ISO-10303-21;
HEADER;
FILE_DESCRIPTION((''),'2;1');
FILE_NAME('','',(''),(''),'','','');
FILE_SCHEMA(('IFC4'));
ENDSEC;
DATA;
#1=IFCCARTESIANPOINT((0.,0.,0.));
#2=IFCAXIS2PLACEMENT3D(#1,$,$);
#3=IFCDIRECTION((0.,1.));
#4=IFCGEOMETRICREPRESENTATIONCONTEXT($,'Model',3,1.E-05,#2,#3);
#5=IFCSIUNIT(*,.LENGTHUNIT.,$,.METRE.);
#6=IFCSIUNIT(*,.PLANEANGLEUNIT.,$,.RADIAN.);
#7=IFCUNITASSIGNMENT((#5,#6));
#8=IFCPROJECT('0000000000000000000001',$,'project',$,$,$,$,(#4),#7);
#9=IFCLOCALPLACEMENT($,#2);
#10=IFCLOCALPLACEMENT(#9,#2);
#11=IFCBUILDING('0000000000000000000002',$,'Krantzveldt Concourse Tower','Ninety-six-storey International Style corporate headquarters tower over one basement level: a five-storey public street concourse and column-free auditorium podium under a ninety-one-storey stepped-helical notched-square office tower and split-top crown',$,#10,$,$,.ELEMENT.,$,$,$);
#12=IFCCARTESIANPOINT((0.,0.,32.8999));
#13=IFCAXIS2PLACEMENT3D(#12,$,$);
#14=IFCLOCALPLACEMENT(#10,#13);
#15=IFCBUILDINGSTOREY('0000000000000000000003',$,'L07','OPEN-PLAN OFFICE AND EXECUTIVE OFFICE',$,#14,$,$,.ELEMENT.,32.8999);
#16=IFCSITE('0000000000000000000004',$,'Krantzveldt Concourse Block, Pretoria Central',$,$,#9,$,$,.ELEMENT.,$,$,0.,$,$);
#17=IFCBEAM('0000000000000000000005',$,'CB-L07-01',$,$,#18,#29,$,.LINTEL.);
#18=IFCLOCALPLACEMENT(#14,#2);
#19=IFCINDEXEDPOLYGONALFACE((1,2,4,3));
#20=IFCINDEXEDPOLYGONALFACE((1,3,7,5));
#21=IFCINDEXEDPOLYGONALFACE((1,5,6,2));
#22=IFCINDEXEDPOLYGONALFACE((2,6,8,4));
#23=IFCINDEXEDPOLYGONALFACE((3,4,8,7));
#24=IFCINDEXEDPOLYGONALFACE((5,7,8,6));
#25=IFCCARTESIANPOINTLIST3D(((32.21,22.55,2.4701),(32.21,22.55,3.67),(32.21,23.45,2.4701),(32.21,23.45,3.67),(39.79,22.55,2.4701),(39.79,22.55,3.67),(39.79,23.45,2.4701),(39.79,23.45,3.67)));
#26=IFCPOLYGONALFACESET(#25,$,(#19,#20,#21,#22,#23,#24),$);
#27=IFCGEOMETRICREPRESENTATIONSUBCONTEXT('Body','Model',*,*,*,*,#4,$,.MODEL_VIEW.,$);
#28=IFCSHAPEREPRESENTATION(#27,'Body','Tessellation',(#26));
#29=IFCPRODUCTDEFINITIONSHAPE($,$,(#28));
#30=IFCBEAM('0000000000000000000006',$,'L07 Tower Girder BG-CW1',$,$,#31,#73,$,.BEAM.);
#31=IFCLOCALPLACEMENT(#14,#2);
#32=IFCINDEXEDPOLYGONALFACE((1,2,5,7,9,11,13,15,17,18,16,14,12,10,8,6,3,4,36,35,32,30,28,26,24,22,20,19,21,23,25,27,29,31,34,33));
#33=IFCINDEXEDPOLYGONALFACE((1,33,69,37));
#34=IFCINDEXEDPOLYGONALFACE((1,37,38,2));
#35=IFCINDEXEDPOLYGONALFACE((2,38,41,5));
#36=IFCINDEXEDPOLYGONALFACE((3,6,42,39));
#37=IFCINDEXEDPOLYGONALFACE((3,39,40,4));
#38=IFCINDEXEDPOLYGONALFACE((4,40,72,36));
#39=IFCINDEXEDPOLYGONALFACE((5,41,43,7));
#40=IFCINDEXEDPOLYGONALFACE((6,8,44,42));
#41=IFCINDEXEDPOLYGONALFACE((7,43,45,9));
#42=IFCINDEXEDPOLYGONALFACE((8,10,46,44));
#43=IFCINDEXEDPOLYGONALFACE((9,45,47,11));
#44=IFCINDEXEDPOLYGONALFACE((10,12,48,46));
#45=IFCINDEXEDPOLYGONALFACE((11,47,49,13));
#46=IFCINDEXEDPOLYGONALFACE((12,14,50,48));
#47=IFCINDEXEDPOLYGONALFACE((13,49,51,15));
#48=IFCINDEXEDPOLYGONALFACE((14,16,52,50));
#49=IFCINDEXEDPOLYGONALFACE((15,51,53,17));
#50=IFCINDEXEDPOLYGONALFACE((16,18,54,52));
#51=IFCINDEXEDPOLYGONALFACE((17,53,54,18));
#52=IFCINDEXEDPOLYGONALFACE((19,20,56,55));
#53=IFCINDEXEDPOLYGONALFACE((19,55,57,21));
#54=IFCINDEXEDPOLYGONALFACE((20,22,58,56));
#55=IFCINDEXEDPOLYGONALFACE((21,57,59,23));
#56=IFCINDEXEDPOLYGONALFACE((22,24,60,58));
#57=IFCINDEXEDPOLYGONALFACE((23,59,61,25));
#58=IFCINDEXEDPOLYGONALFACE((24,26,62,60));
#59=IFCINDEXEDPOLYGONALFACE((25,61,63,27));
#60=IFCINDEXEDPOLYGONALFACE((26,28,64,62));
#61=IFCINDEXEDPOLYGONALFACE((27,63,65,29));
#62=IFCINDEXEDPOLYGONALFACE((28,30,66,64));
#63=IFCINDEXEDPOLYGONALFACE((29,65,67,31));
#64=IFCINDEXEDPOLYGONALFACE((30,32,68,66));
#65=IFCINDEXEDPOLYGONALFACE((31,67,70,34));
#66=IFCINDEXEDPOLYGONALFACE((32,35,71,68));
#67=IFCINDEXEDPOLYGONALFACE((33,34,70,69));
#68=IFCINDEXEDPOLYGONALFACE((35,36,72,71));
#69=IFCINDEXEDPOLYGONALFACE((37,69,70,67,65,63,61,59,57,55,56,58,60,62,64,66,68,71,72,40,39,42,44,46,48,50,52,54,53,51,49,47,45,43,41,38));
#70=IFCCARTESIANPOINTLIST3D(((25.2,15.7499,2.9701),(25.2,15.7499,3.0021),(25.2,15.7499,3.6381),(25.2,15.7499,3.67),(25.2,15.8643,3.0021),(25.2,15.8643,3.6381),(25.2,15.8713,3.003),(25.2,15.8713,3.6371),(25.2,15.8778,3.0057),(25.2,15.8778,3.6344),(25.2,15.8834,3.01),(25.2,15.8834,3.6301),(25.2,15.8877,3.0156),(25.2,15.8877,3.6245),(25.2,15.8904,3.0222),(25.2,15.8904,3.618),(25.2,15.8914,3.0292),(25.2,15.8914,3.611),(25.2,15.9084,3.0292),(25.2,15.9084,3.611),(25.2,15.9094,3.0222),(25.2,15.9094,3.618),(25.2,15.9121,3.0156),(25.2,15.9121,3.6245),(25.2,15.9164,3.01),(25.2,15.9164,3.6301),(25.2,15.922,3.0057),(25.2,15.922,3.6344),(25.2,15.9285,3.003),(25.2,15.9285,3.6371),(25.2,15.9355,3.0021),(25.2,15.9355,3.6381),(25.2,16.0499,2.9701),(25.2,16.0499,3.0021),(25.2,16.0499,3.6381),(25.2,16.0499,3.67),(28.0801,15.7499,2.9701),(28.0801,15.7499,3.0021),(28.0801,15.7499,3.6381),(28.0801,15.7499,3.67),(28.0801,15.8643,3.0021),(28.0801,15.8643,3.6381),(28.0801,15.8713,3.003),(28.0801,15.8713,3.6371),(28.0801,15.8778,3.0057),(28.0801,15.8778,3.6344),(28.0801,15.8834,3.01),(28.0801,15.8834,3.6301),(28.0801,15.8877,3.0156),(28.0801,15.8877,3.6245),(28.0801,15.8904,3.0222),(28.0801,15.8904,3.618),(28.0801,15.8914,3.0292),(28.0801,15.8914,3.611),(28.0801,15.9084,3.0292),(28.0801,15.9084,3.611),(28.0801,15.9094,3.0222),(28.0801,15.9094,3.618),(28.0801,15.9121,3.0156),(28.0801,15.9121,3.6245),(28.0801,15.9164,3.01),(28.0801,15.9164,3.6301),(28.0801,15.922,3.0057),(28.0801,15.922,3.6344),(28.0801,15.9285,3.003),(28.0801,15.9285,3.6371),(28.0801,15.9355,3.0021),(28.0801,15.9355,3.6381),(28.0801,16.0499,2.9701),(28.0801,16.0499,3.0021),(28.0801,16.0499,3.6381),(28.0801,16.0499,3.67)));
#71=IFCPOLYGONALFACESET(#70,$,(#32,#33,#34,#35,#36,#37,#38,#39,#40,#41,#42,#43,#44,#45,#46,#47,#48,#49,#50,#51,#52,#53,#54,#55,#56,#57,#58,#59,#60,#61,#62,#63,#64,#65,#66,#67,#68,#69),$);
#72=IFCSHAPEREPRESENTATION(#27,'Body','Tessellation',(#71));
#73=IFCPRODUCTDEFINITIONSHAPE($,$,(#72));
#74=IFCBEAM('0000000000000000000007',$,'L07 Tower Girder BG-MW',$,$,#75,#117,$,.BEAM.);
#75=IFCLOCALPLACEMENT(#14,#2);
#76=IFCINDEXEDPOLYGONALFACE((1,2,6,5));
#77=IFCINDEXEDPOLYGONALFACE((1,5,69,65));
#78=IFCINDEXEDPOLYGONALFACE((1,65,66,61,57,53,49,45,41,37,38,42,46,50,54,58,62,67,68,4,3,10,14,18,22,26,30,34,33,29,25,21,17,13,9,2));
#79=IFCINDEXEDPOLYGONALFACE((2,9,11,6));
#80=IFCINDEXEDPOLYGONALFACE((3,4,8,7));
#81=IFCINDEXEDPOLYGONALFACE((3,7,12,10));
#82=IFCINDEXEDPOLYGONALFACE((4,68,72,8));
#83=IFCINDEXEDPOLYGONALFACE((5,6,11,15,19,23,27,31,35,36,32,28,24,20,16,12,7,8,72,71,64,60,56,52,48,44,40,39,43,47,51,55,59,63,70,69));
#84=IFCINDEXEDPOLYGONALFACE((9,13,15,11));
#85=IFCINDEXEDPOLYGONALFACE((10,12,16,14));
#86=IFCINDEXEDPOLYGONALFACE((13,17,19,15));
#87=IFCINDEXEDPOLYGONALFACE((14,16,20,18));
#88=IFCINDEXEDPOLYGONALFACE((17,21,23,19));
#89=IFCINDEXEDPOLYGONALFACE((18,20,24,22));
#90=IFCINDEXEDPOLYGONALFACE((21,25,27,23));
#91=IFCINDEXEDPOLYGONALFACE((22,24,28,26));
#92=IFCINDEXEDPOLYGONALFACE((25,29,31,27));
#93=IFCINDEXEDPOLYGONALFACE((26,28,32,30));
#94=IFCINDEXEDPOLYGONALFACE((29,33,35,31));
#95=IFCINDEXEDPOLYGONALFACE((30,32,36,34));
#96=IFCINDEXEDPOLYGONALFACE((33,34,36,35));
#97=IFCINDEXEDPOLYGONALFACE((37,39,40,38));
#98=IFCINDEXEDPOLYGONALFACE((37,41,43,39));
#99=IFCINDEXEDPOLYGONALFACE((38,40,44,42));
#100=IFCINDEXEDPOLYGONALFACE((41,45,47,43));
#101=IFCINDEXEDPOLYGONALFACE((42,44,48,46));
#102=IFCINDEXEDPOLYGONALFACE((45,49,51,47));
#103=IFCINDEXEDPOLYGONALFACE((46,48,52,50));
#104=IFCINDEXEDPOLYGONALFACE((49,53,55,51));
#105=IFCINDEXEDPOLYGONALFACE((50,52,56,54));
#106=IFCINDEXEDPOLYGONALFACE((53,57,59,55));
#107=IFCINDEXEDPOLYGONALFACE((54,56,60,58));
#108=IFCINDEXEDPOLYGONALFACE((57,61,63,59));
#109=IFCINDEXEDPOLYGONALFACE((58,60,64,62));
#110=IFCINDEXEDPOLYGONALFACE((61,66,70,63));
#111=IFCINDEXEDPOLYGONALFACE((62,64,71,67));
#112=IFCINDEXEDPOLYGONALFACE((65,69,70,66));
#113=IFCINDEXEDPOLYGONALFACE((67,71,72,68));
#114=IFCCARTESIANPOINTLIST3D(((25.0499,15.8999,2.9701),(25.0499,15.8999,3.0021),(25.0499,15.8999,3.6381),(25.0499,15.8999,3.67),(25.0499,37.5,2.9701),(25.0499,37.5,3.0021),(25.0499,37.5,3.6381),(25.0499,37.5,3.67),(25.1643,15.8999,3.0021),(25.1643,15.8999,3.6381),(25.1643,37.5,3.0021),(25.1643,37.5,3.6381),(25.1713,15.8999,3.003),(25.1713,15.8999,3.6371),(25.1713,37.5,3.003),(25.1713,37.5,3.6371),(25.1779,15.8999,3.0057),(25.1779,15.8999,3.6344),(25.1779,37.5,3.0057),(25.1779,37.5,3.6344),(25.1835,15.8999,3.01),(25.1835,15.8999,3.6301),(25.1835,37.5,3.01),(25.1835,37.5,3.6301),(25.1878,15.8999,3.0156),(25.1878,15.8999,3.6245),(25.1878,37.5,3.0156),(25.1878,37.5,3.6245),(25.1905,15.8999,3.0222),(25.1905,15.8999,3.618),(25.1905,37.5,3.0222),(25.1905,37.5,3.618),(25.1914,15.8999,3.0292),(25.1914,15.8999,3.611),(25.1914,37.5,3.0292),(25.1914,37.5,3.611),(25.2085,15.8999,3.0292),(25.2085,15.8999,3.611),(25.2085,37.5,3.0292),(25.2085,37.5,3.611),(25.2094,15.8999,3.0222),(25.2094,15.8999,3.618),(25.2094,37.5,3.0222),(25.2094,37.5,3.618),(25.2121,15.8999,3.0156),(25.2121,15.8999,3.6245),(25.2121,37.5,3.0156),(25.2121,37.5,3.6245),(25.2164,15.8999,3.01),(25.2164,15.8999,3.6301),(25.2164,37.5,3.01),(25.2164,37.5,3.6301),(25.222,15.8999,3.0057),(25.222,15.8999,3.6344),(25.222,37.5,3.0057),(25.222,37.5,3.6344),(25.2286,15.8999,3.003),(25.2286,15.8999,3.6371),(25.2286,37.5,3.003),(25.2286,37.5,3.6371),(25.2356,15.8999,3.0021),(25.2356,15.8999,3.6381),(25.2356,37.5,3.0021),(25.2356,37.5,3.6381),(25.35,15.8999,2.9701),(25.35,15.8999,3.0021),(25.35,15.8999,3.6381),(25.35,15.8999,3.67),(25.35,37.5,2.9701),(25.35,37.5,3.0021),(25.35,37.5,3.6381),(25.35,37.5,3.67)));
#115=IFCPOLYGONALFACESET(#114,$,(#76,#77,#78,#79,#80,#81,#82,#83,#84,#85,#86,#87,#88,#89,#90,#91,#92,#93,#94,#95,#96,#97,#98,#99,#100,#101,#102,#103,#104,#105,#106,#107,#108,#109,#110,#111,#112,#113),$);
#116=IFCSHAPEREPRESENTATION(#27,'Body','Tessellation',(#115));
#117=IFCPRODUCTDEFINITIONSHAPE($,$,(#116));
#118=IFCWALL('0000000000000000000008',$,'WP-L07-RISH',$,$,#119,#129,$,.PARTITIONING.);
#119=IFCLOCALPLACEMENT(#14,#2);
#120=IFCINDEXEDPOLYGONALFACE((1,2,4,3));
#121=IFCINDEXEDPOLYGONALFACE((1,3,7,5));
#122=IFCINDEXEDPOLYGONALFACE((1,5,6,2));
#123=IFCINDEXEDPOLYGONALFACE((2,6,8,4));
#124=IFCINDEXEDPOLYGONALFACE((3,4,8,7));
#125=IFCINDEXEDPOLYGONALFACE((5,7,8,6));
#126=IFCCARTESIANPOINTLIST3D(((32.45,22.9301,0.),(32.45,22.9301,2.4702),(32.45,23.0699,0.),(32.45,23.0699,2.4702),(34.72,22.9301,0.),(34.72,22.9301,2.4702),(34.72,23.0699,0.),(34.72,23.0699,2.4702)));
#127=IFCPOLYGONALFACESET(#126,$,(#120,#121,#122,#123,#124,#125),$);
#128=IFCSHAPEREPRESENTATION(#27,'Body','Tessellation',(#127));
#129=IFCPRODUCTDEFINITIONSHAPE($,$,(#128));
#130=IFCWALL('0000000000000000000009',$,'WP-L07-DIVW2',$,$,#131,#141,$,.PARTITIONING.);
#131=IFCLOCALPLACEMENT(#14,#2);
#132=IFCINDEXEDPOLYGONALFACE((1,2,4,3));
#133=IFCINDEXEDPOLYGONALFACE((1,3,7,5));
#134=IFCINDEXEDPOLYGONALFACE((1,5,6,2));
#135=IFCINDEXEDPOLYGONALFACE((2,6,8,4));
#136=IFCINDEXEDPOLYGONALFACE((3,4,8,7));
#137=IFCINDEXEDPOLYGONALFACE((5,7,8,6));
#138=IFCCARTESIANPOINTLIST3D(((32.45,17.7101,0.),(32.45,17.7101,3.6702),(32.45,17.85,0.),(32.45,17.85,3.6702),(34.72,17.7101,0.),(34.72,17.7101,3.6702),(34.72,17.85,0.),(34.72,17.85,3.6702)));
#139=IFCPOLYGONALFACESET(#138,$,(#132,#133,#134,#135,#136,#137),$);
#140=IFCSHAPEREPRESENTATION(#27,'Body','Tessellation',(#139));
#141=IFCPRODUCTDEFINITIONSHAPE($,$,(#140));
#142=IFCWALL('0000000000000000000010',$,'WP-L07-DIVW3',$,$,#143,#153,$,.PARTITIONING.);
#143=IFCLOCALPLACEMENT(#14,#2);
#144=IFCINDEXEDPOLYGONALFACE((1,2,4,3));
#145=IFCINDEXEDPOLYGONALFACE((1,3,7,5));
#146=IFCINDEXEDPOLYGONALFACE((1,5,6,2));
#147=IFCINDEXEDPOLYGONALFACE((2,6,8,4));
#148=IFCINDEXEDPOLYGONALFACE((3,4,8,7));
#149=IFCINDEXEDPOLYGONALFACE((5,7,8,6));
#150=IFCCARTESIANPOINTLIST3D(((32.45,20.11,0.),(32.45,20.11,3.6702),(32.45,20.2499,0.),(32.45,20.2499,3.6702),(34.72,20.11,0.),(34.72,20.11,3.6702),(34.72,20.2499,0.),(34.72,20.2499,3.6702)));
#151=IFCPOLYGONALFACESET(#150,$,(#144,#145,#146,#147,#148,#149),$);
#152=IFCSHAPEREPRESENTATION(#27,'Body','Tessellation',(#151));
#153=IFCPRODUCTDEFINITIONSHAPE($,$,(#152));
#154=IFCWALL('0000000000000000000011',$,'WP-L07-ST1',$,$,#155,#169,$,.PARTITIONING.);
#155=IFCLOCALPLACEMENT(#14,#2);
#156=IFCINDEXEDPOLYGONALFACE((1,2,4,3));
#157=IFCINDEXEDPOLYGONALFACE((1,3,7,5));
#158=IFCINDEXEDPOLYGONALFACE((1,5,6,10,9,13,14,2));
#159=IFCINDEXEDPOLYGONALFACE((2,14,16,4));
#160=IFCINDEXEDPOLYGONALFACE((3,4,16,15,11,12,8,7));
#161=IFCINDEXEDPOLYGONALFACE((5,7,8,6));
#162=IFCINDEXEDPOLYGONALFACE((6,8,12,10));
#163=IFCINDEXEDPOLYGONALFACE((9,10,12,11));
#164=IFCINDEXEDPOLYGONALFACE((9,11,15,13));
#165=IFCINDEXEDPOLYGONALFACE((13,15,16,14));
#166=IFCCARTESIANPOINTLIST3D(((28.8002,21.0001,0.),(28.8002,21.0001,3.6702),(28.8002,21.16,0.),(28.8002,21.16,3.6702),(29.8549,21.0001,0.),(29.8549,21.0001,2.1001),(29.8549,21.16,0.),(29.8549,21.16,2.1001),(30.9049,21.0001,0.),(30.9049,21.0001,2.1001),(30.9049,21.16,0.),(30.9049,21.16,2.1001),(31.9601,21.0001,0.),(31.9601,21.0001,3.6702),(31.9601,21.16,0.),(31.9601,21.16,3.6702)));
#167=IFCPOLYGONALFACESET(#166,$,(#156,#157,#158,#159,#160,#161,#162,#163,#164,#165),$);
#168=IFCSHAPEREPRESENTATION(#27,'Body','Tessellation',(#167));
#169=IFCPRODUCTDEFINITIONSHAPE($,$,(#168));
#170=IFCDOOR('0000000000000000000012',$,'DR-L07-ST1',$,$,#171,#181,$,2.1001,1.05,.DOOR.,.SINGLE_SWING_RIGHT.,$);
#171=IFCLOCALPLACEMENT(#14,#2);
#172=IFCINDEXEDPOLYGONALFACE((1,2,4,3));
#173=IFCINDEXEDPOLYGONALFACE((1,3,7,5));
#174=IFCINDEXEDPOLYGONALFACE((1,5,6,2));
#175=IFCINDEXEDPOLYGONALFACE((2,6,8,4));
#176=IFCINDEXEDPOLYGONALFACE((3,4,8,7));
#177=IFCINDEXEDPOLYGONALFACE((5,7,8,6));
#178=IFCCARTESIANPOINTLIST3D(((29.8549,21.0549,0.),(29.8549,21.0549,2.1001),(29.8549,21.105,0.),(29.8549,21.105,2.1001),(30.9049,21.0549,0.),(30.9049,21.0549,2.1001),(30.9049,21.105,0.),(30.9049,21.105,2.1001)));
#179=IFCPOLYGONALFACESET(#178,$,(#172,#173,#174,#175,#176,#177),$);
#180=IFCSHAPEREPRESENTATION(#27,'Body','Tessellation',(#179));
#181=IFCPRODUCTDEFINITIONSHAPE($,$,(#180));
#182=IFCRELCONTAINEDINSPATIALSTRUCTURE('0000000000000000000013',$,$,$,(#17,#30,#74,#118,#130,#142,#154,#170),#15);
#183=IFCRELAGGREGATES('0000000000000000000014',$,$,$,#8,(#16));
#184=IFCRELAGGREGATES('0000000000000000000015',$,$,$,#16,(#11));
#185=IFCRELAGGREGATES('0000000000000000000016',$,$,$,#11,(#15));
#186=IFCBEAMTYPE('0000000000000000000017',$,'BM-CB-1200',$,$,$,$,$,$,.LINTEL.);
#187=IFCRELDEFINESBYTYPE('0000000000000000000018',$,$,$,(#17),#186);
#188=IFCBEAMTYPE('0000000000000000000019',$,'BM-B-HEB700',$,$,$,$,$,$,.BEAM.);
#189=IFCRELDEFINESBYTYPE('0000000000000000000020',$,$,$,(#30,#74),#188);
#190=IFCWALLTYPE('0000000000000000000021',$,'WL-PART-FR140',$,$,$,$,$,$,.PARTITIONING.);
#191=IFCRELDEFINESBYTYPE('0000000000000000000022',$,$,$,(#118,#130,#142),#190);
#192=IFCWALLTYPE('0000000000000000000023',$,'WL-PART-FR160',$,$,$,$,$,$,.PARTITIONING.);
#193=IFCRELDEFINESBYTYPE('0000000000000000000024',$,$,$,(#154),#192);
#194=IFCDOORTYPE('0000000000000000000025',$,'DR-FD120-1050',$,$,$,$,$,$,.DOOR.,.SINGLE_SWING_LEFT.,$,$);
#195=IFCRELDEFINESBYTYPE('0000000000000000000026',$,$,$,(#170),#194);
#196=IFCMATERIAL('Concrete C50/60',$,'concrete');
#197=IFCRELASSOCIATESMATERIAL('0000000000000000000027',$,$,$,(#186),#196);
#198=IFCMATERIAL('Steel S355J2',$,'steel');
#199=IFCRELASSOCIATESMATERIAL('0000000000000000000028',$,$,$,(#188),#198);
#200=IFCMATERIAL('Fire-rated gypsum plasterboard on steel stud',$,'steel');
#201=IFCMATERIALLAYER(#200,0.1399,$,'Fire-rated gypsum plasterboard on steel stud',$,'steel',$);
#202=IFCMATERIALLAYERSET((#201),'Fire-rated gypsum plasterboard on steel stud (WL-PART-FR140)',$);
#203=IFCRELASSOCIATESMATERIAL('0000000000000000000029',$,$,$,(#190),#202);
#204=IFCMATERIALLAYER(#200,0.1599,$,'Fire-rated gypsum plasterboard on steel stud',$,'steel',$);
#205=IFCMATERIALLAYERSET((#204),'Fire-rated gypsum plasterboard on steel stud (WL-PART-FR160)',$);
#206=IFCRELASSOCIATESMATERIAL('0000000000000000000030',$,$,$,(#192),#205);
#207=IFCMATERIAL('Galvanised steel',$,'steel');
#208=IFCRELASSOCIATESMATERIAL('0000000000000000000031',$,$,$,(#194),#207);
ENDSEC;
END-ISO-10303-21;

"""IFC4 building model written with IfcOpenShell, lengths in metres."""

from ifc_helpers import new_model, si_unit, direction, frame, frame_2d, origin, origin_2d, place, context, subcontext, project, spatial, rectangle, i_section, extrude, source, transform, mapped, material, layer, layer_set, material_profile, profile_set, type_object, type_shapes, element, fill, save


model = new_model("IFC4")

# Units and contexts
model_context = context("Model", 3, precision=1e-05, world=origin(), true_north=direction((0.0, 1.0)))
body_context = subcontext(model_context, "Body", "Model", "MODEL_VIEW")
ifc_project = project(units=[si_unit("LENGTHUNIT", "METRE"), si_unit("PLANEANGLEUNIT", "RADIAN")], contexts=[model_context])

# Site, building, storey
site_placement = place(None, origin())
site = spatial("IfcSite", under=ifc_project, at=site_placement, Name="Krantzveldt Concourse Block, Pretoria Central", CompositionType="ELEMENT", RefElevation=0.0)
building_placement = place(site_placement, origin())
building = spatial("IfcBuilding", under=site, at=building_placement, Name="Krantzveldt Concourse Tower", Description="Ninety-six-storey International Style corporate headquarters tower over one basement level: a five-storey public street concourse and column-free auditorium podium under a ninety-one-storey stepped-helical notched-square office tower and split-top crown", CompositionType="ELEMENT")
storey_placement = place(building_placement, frame((0.0, 0.0, 32.8999)))
storey = spatial("IfcBuildingStorey", under=building, at=storey_placement, Name="L07", Description="OPEN-PLAN OFFICE AND EXECUTIVE OFFICE", CompositionType="ELEMENT", Elevation=32.8999)

# Beams
ifc_material_1 = material(Name="Concrete C50/60", Category="concrete")
ifc_material_profile_1 = material_profile(ifc_material_1, rectangle(XDim=0.8999, YDim=1.2, at=origin_2d()), Name="Concrete C50/60", Category="concrete")
ifc_profile_set_1 = profile_set([ifc_material_profile_1], Name="Concrete C50/60 - RC-CB 900x1200")
beam_type_1 = type_object("IfcBeamType", Name="BM-CB-1200", PredefinedType="LINTEL", material=ifc_profile_set_1)
shared_shape_1 = source(origin(), body_context, "Body", "SweptSolid", [
    extrude(rectangle(XDim=0.8999, YDim=1.2, at=origin_2d()), origin(), (0.0, 0.0, 1.0), 7.5801),
])
type_shapes(beam_type_1, [shared_shape_1])
beam_1_placement = place(storey_placement, frame((32.21, 23.0, 3.0701), z_axis=(1.0, 0.0, 0.0), x_axis=(0.0, 1.0, 0.0)))
element("IfcBeam", 1, at=beam_1_placement, inside=storey, type_object=beam_type_1, Name="CB-L07-01", PredefinedType="LINTEL", context=body_context, shape_type="MappedRepresentation", body=[
    mapped(shared_shape_1, transform((0.0, 0.0, 0.0), x_axis=(1.0, 0.0, 0.0), y_axis=(0.0, 1.0, 0.0), z_axis=(0.0, 0.0, 1.0), scale=1.0)),
])
ifc_material_2 = material(Name="Steel S355J2", Category="steel")
ifc_material_profile_2 = material_profile(ifc_material_2, i_section(OverallWidth=0.3, OverallDepth=0.7, WebThickness=0.0171, FlangeThickness=0.032, FilletRadius=0.0271, at=origin_2d()), Name="Steel S355J2", Category="steel")
ifc_profile_set_2 = profile_set([ifc_material_profile_2], Name="Steel S355J2 - HEB 700")
beam_type_2 = type_object("IfcBeamType", Name="BM-B-HEB700", PredefinedType="BEAM", material=ifc_profile_set_2)
shared_shape_2 = source(origin(), body_context, "Body", "SweptSolid", [
    extrude(i_section(OverallWidth=0.3, OverallDepth=0.7, WebThickness=0.0171, FlangeThickness=0.032, FilletRadius=0.0271, at=origin_2d()), origin(), (0.0, 0.0, 1.0), 2.8801),
])
beam_2_placement = place(storey_placement, frame((25.2, 15.8999, 3.3201), z_axis=(1.0, 0.0, 0.0), x_axis=(0.0, 1.0, 0.0)))
element("IfcBeam", 2, at=beam_2_placement, inside=storey, type_object=beam_type_2, Name="L07 Tower Girder BG-CW1", PredefinedType="BEAM", context=body_context, shape_type="MappedRepresentation", body=[
    mapped(shared_shape_2, transform((0.0, 0.0, 0.0), x_axis=(1.0, 0.0, 0.0), y_axis=(0.0, 1.0, 0.0), z_axis=(0.0, 0.0, 1.0), scale=1.0)),
])
shared_shape_3 = source(origin(), body_context, "Body", "SweptSolid", [
    extrude(i_section(OverallWidth=0.3, OverallDepth=0.7, WebThickness=0.0171, FlangeThickness=0.032, FilletRadius=0.0271, at=origin_2d()), origin(), (0.0, 0.0, 1.0), 21.6001),
])
type_shapes(beam_type_2, [shared_shape_2, shared_shape_3])
beam_3_placement = place(storey_placement, frame((25.2, 15.8999, 3.3201), z_axis=(0.0, 1.0, 0.0), x_axis=(-1.0, 0.0, 0.0)))
element("IfcBeam", 3, at=beam_3_placement, inside=storey, type_object=beam_type_2, Name="L07 Tower Girder BG-MW", PredefinedType="BEAM", context=body_context, shape_type="MappedRepresentation", body=[
    mapped(shared_shape_3, transform((0.0, 0.0, 0.0), x_axis=(1.0, 0.0, 0.0), y_axis=(0.0, 1.0, 0.0), z_axis=(0.0, 0.0, 1.0), scale=1.0)),
])

# Walls
ifc_material_3 = material(Name="Fire-rated gypsum plasterboard on steel stud", Category="steel")
ifc_layer_1 = layer(ifc_material_3, 0.1399, Name="Fire-rated gypsum plasterboard on steel stud", Category="steel")
ifc_layer_set_1 = layer_set([ifc_layer_1], Name="Fire-rated gypsum plasterboard on steel stud (WL-PART-FR140)")
wall_type_1 = type_object("IfcWallType", Name="WL-PART-FR140", PredefinedType="PARTITIONING", material=ifc_layer_set_1)
wall_1_placement = place(storey_placement, frame((32.45, 23.0, 0.0), z_axis=(0.0, 0.0, 1.0), x_axis=(1.0, 0.0, 0.0)))
element("IfcWall", 4, at=wall_1_placement, inside=storey, type_object=wall_type_1, Name="WP-L07-RISH", PredefinedType="PARTITIONING", context=body_context, shape_type="SweptSolid", body=[
    extrude(rectangle(XDim=2.27, YDim=0.1399, at=frame_2d((1.135, 0.0))), origin(), (0.0, 0.0, 1.0), 2.4702),
])
for number, where, z_axis, x_axis, name in (
    (5, (32.45, 17.78, 0.0), (0.0, 0.0, 1.0), (1.0, 0.0, 0.0), "WP-L07-DIVW2"),
    (6, (32.45, 20.1799, 0.0), (0.0, 0.0, 1.0), (1.0, 0.0, 0.0), "WP-L07-DIVW3"),
):
    element("IfcWall", number, at=place(storey_placement, frame(where, z_axis=z_axis, x_axis=x_axis)), inside=storey, type_object=wall_type_1, Name=name, PredefinedType="PARTITIONING", context=body_context, shape_type="SweptSolid", body=[
        extrude(rectangle(XDim=2.27, YDim=0.1399, at=frame_2d((1.135, 0.0))), origin(), (0.0, 0.0, 1.0), 3.6702),
    ])

# Wall, opening, door
ifc_layer_2 = layer(ifc_material_3, 0.1599, Name="Fire-rated gypsum plasterboard on steel stud", Category="steel")
ifc_layer_set_2 = layer_set([ifc_layer_2], Name="Fire-rated gypsum plasterboard on steel stud (WL-PART-FR160)")
wall_type_2 = type_object("IfcWallType", Name="WL-PART-FR160", PredefinedType="PARTITIONING", material=ifc_layer_set_2)
wall_2_placement = place(storey_placement, frame((28.8, 21.0801, 0.0), z_axis=(0.0, 0.0, 1.0), x_axis=(1.0, 0.0, 0.0)))
wall_2 = element("IfcWall", 7, at=wall_2_placement, inside=storey, type_object=wall_type_2, Name="WP-L07-ST1", PredefinedType="PARTITIONING", context=body_context, shape_type="SweptSolid", body=[
    extrude(rectangle(XDim=3.1599, YDim=0.1599, at=frame_2d((1.5801, 0.0))), origin(), (0.0, 0.0, 1.0), 3.6702),
])
opening_placement = place(wall_2_placement, frame((1.0549, 0.0, 0.0)))
opening = element("IfcOpeningElement", 8, at=opening_placement, cuts=wall_2, PredefinedType="OPENING", context=body_context, shape_type="SweptSolid", body=[
    extrude(rectangle(XDim=1.05, YDim=2.1001, at=frame_2d((0.5249, 1.05))), frame((0.0, 0.0898, 0.0), z_axis=(0.0, -1.0, 0.0), x_axis=(1.0, 0.0, 0.0)), (0.0, 0.0, 1.0), 0.1799),
])
ifc_material_4 = material(Name="Galvanised steel", Category="steel")
door_type = type_object("IfcDoorType", Name="DR-FD120-1050", OperationType="SINGLE_SWING_LEFT", PredefinedType="DOOR", material=ifc_material_4)
door_placement = place(opening_placement, origin())
door = element("IfcDoor", 9, at=door_placement, inside=storey, type_object=door_type, Name="DR-L07-ST1", OperationType="SINGLE_SWING_RIGHT", OverallHeight=2.1001, OverallWidth=1.05, PredefinedType="DOOR", context=body_context, shape_type="SweptSolid", body=[
    extrude(rectangle(XDim=1.05, YDim=2.1001, at=frame_2d((0.5249, 1.05))), frame((0.0, 0.0249, 0.0), z_axis=(0.0, -1.0, 0.0), x_axis=(1.0, 0.0, 0.0)), (0.0, 0.0, 1.0), 0.05),
])
fill(opening, door)

save(model, "model.ifc")
